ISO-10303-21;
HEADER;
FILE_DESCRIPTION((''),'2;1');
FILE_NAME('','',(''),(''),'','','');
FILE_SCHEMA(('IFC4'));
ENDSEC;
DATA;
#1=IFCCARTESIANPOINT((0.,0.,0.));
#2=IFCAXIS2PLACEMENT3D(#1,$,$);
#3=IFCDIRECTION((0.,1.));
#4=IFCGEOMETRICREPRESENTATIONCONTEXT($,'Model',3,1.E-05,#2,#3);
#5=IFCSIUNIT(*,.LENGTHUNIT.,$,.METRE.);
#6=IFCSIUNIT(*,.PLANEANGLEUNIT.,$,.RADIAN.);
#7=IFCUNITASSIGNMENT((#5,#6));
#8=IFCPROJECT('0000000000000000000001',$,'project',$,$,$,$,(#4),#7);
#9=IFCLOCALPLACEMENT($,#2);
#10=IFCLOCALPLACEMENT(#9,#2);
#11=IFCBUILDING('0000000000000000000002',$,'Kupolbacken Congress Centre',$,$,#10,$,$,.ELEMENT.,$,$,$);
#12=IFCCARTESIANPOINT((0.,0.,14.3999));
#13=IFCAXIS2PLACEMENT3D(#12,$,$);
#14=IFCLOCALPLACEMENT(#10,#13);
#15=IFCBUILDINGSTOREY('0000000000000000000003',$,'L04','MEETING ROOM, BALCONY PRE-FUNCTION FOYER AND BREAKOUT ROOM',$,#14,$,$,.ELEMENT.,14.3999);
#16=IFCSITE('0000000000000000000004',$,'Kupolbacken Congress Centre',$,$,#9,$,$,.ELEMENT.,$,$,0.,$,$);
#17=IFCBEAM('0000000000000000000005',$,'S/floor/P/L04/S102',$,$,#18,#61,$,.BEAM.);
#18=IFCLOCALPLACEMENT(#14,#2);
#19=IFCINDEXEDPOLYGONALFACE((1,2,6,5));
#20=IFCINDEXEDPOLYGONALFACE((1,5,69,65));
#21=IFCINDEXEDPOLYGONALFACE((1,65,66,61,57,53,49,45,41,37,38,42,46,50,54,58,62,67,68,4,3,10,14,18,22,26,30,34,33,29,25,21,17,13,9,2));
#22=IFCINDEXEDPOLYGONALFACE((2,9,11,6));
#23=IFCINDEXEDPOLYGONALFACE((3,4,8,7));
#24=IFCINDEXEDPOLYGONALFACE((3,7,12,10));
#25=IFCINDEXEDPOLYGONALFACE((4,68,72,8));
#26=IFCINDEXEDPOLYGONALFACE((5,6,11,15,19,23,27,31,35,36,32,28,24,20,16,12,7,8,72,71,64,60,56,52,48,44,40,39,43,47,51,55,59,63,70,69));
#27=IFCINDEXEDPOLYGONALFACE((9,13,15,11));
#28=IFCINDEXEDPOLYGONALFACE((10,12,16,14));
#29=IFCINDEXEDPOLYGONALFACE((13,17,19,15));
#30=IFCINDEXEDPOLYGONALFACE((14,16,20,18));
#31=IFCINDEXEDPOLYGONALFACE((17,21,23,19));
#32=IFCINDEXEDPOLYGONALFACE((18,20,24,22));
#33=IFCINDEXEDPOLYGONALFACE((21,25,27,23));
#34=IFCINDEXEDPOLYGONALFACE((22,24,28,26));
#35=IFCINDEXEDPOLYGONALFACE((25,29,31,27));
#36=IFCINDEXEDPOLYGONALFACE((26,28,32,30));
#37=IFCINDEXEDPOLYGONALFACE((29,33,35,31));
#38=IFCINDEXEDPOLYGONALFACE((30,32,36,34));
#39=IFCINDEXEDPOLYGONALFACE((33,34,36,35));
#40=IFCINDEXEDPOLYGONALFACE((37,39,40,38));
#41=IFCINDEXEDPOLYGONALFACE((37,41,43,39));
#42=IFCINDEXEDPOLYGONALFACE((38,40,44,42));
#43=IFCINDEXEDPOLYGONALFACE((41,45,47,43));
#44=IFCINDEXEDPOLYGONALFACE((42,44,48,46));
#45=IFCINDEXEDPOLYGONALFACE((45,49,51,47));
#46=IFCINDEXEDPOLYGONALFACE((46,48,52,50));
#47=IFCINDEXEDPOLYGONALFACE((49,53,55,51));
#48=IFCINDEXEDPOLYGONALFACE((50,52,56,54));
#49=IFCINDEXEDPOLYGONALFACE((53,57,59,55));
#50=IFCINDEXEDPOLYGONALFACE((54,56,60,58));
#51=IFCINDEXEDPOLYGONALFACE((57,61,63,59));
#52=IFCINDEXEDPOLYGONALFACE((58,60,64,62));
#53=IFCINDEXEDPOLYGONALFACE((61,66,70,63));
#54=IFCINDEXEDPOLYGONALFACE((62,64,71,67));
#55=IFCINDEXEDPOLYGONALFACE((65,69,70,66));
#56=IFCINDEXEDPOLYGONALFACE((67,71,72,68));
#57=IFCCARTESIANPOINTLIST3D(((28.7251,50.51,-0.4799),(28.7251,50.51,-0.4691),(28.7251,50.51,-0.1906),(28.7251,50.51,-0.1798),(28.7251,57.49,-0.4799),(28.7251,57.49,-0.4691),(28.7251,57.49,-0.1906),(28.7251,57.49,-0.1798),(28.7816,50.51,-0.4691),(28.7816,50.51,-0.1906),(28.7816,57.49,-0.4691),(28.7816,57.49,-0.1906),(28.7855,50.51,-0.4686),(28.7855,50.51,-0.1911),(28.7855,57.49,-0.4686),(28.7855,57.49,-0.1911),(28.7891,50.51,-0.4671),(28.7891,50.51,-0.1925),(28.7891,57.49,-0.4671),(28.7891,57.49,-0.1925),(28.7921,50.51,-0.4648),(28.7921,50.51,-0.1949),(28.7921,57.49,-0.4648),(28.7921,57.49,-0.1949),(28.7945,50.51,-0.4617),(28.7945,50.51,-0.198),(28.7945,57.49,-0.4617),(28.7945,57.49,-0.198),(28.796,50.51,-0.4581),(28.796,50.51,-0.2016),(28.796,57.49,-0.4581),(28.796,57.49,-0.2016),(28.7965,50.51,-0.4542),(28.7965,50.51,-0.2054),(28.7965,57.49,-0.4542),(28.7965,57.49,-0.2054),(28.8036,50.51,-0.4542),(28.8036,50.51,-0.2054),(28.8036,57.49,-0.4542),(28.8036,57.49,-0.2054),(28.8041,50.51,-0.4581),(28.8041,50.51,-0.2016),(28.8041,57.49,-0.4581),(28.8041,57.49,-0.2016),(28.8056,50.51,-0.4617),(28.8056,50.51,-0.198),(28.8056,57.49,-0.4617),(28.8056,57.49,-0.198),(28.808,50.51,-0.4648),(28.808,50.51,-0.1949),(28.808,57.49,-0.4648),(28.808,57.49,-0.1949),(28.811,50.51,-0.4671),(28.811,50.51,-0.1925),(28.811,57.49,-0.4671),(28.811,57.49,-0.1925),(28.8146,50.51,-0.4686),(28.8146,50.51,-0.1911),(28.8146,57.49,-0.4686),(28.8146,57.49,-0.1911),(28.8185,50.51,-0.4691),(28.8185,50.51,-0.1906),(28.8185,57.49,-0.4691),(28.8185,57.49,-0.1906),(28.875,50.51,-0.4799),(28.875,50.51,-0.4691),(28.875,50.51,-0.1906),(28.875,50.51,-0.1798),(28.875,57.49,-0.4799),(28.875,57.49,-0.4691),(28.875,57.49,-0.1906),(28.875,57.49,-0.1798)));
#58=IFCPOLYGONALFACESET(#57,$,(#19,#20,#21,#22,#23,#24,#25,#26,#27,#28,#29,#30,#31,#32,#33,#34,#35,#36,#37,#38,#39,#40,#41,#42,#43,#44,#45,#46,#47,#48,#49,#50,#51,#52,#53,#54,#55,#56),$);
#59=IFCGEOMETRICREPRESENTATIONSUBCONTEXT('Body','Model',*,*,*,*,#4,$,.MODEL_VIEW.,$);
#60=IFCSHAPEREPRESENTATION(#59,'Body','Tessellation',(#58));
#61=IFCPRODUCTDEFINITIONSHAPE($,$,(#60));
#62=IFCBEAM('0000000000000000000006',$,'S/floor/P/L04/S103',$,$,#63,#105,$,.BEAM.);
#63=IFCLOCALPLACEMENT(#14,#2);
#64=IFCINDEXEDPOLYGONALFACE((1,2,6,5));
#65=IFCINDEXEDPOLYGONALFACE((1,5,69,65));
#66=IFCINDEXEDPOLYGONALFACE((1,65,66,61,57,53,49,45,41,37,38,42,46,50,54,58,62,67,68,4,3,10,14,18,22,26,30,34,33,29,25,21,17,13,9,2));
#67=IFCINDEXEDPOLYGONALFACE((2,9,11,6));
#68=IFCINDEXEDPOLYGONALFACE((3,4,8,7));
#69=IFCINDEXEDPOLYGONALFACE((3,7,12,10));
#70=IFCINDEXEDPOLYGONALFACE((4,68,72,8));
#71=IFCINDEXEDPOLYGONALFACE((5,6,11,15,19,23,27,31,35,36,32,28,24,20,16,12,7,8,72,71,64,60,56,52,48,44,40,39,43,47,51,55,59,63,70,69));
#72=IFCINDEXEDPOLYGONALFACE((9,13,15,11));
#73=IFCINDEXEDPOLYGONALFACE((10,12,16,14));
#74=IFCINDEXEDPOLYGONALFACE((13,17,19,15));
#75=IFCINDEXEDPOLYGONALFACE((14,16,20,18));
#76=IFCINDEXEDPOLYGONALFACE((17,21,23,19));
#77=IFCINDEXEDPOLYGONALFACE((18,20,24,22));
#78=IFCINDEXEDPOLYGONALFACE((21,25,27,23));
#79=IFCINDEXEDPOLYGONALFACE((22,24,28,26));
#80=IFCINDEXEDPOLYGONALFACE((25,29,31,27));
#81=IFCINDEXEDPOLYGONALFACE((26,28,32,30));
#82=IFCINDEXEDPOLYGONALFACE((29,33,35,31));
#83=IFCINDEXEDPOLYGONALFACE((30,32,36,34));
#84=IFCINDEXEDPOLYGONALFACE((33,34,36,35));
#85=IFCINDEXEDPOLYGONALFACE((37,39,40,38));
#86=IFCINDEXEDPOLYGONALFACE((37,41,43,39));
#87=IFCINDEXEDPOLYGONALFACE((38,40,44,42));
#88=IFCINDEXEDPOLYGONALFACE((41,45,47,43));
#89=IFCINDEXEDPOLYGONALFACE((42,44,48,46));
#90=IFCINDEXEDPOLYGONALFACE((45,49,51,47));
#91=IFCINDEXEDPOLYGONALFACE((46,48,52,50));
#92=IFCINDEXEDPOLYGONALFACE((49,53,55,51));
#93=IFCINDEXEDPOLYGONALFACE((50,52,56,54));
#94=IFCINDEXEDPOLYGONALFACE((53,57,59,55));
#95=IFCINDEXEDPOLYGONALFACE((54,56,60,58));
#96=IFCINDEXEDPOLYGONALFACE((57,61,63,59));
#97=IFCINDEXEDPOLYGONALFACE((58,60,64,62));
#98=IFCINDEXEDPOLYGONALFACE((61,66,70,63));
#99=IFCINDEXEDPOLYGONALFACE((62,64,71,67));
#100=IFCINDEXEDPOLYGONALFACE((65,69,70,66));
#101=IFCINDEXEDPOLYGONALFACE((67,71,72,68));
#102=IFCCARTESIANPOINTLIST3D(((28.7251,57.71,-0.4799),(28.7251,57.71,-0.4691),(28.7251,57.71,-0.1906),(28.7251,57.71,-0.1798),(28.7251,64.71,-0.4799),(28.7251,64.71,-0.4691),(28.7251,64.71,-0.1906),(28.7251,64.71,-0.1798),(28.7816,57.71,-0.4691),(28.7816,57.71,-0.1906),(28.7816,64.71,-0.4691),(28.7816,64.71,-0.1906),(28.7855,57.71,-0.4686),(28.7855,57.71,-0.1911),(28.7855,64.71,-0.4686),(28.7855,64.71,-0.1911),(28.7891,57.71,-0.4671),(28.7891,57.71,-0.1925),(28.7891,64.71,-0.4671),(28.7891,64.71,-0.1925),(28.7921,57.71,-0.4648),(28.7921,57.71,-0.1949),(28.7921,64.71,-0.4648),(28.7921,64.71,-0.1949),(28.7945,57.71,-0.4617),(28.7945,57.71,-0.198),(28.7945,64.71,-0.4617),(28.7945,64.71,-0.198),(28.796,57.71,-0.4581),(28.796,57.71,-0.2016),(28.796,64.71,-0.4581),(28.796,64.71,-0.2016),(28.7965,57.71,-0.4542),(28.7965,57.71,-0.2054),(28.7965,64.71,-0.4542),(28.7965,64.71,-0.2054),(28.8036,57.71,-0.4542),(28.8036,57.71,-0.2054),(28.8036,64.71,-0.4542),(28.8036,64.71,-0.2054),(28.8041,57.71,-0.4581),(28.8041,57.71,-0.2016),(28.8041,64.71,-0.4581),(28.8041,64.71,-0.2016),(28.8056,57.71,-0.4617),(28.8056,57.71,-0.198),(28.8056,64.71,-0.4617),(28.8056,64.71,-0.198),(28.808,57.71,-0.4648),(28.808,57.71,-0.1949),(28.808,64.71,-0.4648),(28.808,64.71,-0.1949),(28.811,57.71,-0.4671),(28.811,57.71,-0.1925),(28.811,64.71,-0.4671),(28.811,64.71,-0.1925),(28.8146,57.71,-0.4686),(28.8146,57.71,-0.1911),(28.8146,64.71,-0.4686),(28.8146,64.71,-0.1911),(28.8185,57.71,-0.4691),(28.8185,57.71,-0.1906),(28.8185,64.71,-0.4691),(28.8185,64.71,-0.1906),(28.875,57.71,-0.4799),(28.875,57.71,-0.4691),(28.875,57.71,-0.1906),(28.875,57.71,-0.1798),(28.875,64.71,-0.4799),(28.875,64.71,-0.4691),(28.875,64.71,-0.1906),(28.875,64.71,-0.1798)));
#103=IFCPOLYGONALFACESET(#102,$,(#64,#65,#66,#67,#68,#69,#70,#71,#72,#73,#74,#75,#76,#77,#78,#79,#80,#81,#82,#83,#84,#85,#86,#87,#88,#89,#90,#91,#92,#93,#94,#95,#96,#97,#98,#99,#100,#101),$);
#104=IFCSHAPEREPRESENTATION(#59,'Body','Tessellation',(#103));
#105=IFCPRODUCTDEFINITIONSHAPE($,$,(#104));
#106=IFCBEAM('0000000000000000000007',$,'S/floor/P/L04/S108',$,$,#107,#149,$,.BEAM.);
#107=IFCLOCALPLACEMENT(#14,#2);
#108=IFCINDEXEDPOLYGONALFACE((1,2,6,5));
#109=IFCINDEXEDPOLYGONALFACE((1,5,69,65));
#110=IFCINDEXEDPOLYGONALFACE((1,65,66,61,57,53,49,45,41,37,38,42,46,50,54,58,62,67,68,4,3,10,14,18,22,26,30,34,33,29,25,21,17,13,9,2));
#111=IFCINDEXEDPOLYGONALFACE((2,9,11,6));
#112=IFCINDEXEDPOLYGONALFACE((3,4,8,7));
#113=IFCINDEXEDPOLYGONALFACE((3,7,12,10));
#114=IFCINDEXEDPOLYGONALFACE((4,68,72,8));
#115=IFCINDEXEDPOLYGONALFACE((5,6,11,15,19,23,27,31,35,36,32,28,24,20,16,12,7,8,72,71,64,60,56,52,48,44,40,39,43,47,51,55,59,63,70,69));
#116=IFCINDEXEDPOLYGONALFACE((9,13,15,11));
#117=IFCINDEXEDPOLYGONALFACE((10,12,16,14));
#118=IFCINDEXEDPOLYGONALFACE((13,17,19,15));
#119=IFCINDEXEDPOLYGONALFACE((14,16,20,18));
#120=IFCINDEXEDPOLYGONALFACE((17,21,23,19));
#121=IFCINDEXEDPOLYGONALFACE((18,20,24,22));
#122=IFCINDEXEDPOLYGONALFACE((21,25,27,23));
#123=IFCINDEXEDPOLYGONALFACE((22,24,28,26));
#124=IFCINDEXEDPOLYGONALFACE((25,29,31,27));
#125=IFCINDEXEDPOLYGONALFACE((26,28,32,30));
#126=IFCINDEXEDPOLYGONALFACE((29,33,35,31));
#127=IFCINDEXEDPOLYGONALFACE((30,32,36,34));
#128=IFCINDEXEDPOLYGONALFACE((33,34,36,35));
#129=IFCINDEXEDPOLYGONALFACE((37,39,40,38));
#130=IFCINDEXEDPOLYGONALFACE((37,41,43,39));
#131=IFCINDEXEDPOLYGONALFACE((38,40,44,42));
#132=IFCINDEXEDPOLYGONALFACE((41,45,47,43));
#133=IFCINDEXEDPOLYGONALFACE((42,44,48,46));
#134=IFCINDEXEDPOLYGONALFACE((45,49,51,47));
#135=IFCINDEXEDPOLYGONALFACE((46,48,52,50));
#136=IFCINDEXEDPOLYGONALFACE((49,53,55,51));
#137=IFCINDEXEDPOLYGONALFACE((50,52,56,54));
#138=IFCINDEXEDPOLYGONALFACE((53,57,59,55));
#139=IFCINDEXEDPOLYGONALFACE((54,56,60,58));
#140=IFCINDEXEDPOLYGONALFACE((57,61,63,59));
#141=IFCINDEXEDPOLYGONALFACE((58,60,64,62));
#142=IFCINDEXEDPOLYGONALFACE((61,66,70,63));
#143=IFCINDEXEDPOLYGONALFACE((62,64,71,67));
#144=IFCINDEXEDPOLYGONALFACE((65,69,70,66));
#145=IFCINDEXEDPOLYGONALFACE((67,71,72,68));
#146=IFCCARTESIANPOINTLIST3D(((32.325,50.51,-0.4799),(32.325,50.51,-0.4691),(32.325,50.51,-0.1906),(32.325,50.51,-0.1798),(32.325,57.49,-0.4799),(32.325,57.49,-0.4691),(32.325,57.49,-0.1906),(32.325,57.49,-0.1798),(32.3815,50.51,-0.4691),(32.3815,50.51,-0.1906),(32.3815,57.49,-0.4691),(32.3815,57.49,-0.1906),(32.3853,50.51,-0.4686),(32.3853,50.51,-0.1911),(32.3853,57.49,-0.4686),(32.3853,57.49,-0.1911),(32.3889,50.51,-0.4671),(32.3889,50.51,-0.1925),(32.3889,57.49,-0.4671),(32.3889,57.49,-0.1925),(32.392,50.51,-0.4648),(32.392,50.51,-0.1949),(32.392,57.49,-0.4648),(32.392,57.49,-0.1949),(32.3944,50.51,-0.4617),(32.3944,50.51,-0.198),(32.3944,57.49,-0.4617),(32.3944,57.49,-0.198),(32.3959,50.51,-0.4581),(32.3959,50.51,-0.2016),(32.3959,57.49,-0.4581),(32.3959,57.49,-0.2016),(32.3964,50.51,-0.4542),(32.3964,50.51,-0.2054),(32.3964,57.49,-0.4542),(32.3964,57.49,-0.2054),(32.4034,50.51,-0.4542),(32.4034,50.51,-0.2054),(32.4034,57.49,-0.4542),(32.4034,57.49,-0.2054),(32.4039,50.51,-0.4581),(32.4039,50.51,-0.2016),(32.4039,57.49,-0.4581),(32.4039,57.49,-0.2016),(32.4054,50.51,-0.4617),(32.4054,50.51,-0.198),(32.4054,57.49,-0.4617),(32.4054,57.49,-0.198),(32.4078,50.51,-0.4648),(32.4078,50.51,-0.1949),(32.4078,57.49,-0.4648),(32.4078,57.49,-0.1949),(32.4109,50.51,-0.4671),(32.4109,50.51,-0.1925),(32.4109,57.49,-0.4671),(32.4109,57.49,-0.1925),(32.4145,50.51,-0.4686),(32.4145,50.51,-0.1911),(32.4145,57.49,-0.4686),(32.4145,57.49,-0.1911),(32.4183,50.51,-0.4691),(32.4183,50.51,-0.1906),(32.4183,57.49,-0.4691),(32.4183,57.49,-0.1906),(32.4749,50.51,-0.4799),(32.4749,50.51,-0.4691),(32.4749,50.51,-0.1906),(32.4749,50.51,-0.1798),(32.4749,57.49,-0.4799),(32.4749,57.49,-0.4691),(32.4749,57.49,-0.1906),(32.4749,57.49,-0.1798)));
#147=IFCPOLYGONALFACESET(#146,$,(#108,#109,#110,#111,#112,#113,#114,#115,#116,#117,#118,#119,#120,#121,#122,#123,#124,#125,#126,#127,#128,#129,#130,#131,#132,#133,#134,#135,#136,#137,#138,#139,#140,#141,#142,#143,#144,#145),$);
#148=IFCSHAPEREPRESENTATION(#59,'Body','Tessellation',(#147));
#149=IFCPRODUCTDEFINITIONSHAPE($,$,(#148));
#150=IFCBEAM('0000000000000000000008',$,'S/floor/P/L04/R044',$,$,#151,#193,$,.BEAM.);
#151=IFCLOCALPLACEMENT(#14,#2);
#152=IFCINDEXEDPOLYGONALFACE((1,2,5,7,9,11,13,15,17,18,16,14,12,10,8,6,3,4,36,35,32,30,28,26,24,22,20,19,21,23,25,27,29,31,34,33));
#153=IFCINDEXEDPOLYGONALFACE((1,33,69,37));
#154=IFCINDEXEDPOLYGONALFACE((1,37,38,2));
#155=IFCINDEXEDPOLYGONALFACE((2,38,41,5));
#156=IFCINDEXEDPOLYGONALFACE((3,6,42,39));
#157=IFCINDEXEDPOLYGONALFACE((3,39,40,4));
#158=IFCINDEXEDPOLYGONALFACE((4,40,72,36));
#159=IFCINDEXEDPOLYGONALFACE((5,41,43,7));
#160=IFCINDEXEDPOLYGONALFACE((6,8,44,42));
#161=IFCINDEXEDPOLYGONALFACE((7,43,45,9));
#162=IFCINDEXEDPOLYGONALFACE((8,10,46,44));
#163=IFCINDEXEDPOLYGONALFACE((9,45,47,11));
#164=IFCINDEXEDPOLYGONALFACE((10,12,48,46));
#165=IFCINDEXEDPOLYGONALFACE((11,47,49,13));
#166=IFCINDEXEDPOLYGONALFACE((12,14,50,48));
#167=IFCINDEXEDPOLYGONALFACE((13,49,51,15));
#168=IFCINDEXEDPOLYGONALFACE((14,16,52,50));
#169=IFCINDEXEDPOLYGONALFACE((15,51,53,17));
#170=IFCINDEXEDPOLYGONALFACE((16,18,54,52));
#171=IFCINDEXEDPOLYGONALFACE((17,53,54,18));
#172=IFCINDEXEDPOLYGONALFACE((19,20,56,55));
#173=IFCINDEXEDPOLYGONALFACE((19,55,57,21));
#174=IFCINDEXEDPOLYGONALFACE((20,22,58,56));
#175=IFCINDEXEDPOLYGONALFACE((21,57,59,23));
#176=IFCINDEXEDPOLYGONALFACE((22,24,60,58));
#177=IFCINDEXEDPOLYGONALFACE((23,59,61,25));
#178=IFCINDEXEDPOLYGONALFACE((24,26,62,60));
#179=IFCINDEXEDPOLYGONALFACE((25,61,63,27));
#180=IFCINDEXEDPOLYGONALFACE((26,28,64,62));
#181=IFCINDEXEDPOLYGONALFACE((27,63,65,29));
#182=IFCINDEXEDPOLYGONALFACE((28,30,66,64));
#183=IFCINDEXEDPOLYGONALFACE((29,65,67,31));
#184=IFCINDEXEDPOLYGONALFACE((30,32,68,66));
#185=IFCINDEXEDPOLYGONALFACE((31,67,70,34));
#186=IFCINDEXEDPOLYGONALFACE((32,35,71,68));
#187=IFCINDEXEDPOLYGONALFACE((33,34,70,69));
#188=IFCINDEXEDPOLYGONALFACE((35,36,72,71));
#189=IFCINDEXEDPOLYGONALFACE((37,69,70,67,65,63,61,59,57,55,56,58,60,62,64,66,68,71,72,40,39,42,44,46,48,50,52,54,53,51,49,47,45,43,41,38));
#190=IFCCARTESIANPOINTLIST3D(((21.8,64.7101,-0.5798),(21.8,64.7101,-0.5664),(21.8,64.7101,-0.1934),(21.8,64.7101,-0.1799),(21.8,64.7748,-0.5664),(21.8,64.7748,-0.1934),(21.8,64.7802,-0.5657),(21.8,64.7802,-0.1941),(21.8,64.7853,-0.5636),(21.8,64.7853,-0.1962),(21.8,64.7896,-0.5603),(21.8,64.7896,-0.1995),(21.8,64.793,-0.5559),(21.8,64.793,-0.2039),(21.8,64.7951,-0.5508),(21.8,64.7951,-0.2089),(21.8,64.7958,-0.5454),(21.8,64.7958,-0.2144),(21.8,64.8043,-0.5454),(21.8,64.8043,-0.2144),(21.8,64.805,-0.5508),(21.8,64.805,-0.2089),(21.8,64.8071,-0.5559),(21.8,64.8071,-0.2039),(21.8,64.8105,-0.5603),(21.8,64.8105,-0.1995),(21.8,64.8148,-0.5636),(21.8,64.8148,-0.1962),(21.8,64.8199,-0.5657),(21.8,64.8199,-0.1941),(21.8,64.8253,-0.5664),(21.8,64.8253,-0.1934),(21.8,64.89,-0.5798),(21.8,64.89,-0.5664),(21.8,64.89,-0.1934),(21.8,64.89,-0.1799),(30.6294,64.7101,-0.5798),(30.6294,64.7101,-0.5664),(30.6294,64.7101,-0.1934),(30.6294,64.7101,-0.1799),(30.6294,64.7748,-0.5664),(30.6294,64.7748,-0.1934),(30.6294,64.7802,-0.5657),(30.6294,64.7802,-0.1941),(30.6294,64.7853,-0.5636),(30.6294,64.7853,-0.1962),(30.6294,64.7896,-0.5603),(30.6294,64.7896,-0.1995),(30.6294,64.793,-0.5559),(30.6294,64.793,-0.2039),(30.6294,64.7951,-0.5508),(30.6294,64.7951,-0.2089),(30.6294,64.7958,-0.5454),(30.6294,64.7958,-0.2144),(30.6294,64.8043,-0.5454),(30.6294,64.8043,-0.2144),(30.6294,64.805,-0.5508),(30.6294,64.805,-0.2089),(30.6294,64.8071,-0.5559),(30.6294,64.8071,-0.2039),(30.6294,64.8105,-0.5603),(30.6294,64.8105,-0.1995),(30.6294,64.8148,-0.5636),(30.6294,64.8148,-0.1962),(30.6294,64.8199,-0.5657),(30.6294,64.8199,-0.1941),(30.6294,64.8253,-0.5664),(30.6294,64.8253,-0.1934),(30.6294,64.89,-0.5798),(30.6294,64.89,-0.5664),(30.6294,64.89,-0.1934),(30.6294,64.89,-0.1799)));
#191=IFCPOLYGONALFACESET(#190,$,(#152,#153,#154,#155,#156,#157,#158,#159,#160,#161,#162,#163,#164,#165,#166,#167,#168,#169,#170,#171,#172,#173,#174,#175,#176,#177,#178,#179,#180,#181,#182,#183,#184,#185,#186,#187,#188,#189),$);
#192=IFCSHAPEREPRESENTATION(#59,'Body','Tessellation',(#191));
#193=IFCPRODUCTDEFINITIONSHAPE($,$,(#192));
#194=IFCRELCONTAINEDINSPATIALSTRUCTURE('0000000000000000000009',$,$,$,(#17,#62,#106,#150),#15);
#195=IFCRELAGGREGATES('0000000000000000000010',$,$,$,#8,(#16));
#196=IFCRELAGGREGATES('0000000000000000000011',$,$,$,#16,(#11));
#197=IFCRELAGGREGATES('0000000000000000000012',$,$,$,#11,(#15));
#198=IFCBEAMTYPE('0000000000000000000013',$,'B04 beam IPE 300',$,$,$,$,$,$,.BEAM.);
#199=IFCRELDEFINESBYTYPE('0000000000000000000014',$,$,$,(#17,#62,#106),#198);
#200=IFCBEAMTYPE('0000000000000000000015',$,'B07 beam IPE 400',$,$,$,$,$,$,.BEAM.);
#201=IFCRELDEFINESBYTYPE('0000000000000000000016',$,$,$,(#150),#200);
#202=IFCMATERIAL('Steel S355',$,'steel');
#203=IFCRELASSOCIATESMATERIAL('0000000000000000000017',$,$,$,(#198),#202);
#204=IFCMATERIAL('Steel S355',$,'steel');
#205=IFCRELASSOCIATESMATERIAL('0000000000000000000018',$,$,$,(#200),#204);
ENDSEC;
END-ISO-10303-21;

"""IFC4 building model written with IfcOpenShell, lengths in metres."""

from ifc_helpers import new_model, si_unit, direction, frame, origin, origin_2d, place, context, subcontext, project, spatial, i_section, extrude, material, material_profile, profile_set, type_object, element, save


model = new_model("IFC4")

# Units and contexts
model_context = context("Model", 3, precision=1e-05, world=origin(), true_north=direction((0.0, 1.0)))
body_context = subcontext(model_context, "Body", "Model", "MODEL_VIEW")
ifc_project = project(units=[si_unit("LENGTHUNIT", "METRE"), si_unit("PLANEANGLEUNIT", "RADIAN")], contexts=[model_context])

# Site, building, storey
site_placement = place(None, origin())
site = spatial("IfcSite", under=ifc_project, at=site_placement, Name="Kupolbacken Congress Centre", CompositionType="ELEMENT", RefElevation=0.0)
building_placement = place(site_placement, origin())
building = spatial("IfcBuilding", under=site, at=building_placement, Name="Kupolbacken Congress Centre", CompositionType="ELEMENT")
storey_placement = place(building_placement, frame((0.0, 0.0, 14.3999)))
storey = spatial("IfcBuildingStorey", under=building, at=storey_placement, Name="L04", Description="MEETING ROOM, BALCONY PRE-FUNCTION FOYER AND BREAKOUT ROOM", CompositionType="ELEMENT", Elevation=14.3999)

# Beams
ifc_material_1 = material(Name="Steel S355", Category="steel")
ifc_material_profile_1 = material_profile(ifc_material_1, i_section(OverallWidth=0.1499, OverallDepth=0.3, WebThickness=0.0071, FlangeThickness=0.0107, FilletRadius=0.0149, at=origin_2d()), Name="IPE 300")
ifc_profile_set_1 = profile_set([ifc_material_profile_1], Name="Steel S355")
beam_type_1 = type_object("IfcBeamType", Name="B04 beam IPE 300", PredefinedType="BEAM", material=ifc_profile_set_1)
beam_1_placement = place(storey_placement, frame((28.8, 50.51, -0.3298), z_axis=(0.0, 1.0, 0.0), x_axis=(-1.0, 0.0, 0.0)))
element("IfcBeam", 1, at=beam_1_placement, inside=storey, type_object=beam_type_1, Name="S/floor/P/L04/S102", PredefinedType="BEAM", context=body_context, shape_type="SweptSolid", body=[
    extrude(i_section(OverallWidth=0.1499, OverallDepth=0.3, WebThickness=0.0071, FlangeThickness=0.0107, FilletRadius=0.0149, at=origin_2d()), origin(), (0.0, 0.0, 1.0), 6.98),
])
beam_2_placement = place(storey_placement, frame((28.8, 57.71, -0.3298), z_axis=(0.0, 1.0, 0.0), x_axis=(-1.0, 0.0, 0.0)))
element("IfcBeam", 2, at=beam_2_placement, inside=storey, type_object=beam_type_1, Name="S/floor/P/L04/S103", PredefinedType="BEAM", context=body_context, shape_type="SweptSolid", body=[
    extrude(i_section(OverallWidth=0.1499, OverallDepth=0.3, WebThickness=0.0071, FlangeThickness=0.0107, FilletRadius=0.0149, at=origin_2d()), origin(), (0.0, 0.0, 1.0), 7.0),
])
beam_3_placement = place(storey_placement, frame((32.3999, 50.51, -0.3298), z_axis=(0.0, 1.0, 0.0), x_axis=(-1.0, 0.0, 0.0)))
element("IfcBeam", 3, at=beam_3_placement, inside=storey, type_object=beam_type_1, Name="S/floor/P/L04/S108", PredefinedType="BEAM", context=body_context, shape_type="SweptSolid", body=[
    extrude(i_section(OverallWidth=0.1499, OverallDepth=0.3, WebThickness=0.0071, FlangeThickness=0.0107, FilletRadius=0.0149, at=origin_2d()), origin(), (0.0, 0.0, 1.0), 6.98),
])
ifc_material_2 = material(Name="Steel S355", Category="steel")
ifc_material_profile_2 = material_profile(ifc_material_2, i_section(OverallWidth=0.1799, OverallDepth=0.3999, WebThickness=0.0085, FlangeThickness=0.0134, FilletRadius=0.021, at=origin_2d()), Name="IPE 400")
ifc_profile_set_2 = profile_set([ifc_material_profile_2], Name="Steel S355")
beam_type_2 = type_object("IfcBeamType", Name="B07 beam IPE 400", PredefinedType="BEAM", material=ifc_profile_set_2)
beam_4_placement = place(storey_placement, frame((21.8, 64.8, -0.3799), z_axis=(1.0, 0.0, 0.0), x_axis=(0.0, 1.0, 0.0)))
element("IfcBeam", 4, at=beam_4_placement, inside=storey, type_object=beam_type_2, Name="S/floor/P/L04/R044", PredefinedType="BEAM", context=body_context, shape_type="SweptSolid", body=[
    extrude(i_section(OverallWidth=0.1799, OverallDepth=0.3999, WebThickness=0.0085, FlangeThickness=0.0134, FilletRadius=0.021, at=origin_2d()), origin(), (0.0, 0.0, 1.0), 8.8293),
])

save(model, "model.ifc")
